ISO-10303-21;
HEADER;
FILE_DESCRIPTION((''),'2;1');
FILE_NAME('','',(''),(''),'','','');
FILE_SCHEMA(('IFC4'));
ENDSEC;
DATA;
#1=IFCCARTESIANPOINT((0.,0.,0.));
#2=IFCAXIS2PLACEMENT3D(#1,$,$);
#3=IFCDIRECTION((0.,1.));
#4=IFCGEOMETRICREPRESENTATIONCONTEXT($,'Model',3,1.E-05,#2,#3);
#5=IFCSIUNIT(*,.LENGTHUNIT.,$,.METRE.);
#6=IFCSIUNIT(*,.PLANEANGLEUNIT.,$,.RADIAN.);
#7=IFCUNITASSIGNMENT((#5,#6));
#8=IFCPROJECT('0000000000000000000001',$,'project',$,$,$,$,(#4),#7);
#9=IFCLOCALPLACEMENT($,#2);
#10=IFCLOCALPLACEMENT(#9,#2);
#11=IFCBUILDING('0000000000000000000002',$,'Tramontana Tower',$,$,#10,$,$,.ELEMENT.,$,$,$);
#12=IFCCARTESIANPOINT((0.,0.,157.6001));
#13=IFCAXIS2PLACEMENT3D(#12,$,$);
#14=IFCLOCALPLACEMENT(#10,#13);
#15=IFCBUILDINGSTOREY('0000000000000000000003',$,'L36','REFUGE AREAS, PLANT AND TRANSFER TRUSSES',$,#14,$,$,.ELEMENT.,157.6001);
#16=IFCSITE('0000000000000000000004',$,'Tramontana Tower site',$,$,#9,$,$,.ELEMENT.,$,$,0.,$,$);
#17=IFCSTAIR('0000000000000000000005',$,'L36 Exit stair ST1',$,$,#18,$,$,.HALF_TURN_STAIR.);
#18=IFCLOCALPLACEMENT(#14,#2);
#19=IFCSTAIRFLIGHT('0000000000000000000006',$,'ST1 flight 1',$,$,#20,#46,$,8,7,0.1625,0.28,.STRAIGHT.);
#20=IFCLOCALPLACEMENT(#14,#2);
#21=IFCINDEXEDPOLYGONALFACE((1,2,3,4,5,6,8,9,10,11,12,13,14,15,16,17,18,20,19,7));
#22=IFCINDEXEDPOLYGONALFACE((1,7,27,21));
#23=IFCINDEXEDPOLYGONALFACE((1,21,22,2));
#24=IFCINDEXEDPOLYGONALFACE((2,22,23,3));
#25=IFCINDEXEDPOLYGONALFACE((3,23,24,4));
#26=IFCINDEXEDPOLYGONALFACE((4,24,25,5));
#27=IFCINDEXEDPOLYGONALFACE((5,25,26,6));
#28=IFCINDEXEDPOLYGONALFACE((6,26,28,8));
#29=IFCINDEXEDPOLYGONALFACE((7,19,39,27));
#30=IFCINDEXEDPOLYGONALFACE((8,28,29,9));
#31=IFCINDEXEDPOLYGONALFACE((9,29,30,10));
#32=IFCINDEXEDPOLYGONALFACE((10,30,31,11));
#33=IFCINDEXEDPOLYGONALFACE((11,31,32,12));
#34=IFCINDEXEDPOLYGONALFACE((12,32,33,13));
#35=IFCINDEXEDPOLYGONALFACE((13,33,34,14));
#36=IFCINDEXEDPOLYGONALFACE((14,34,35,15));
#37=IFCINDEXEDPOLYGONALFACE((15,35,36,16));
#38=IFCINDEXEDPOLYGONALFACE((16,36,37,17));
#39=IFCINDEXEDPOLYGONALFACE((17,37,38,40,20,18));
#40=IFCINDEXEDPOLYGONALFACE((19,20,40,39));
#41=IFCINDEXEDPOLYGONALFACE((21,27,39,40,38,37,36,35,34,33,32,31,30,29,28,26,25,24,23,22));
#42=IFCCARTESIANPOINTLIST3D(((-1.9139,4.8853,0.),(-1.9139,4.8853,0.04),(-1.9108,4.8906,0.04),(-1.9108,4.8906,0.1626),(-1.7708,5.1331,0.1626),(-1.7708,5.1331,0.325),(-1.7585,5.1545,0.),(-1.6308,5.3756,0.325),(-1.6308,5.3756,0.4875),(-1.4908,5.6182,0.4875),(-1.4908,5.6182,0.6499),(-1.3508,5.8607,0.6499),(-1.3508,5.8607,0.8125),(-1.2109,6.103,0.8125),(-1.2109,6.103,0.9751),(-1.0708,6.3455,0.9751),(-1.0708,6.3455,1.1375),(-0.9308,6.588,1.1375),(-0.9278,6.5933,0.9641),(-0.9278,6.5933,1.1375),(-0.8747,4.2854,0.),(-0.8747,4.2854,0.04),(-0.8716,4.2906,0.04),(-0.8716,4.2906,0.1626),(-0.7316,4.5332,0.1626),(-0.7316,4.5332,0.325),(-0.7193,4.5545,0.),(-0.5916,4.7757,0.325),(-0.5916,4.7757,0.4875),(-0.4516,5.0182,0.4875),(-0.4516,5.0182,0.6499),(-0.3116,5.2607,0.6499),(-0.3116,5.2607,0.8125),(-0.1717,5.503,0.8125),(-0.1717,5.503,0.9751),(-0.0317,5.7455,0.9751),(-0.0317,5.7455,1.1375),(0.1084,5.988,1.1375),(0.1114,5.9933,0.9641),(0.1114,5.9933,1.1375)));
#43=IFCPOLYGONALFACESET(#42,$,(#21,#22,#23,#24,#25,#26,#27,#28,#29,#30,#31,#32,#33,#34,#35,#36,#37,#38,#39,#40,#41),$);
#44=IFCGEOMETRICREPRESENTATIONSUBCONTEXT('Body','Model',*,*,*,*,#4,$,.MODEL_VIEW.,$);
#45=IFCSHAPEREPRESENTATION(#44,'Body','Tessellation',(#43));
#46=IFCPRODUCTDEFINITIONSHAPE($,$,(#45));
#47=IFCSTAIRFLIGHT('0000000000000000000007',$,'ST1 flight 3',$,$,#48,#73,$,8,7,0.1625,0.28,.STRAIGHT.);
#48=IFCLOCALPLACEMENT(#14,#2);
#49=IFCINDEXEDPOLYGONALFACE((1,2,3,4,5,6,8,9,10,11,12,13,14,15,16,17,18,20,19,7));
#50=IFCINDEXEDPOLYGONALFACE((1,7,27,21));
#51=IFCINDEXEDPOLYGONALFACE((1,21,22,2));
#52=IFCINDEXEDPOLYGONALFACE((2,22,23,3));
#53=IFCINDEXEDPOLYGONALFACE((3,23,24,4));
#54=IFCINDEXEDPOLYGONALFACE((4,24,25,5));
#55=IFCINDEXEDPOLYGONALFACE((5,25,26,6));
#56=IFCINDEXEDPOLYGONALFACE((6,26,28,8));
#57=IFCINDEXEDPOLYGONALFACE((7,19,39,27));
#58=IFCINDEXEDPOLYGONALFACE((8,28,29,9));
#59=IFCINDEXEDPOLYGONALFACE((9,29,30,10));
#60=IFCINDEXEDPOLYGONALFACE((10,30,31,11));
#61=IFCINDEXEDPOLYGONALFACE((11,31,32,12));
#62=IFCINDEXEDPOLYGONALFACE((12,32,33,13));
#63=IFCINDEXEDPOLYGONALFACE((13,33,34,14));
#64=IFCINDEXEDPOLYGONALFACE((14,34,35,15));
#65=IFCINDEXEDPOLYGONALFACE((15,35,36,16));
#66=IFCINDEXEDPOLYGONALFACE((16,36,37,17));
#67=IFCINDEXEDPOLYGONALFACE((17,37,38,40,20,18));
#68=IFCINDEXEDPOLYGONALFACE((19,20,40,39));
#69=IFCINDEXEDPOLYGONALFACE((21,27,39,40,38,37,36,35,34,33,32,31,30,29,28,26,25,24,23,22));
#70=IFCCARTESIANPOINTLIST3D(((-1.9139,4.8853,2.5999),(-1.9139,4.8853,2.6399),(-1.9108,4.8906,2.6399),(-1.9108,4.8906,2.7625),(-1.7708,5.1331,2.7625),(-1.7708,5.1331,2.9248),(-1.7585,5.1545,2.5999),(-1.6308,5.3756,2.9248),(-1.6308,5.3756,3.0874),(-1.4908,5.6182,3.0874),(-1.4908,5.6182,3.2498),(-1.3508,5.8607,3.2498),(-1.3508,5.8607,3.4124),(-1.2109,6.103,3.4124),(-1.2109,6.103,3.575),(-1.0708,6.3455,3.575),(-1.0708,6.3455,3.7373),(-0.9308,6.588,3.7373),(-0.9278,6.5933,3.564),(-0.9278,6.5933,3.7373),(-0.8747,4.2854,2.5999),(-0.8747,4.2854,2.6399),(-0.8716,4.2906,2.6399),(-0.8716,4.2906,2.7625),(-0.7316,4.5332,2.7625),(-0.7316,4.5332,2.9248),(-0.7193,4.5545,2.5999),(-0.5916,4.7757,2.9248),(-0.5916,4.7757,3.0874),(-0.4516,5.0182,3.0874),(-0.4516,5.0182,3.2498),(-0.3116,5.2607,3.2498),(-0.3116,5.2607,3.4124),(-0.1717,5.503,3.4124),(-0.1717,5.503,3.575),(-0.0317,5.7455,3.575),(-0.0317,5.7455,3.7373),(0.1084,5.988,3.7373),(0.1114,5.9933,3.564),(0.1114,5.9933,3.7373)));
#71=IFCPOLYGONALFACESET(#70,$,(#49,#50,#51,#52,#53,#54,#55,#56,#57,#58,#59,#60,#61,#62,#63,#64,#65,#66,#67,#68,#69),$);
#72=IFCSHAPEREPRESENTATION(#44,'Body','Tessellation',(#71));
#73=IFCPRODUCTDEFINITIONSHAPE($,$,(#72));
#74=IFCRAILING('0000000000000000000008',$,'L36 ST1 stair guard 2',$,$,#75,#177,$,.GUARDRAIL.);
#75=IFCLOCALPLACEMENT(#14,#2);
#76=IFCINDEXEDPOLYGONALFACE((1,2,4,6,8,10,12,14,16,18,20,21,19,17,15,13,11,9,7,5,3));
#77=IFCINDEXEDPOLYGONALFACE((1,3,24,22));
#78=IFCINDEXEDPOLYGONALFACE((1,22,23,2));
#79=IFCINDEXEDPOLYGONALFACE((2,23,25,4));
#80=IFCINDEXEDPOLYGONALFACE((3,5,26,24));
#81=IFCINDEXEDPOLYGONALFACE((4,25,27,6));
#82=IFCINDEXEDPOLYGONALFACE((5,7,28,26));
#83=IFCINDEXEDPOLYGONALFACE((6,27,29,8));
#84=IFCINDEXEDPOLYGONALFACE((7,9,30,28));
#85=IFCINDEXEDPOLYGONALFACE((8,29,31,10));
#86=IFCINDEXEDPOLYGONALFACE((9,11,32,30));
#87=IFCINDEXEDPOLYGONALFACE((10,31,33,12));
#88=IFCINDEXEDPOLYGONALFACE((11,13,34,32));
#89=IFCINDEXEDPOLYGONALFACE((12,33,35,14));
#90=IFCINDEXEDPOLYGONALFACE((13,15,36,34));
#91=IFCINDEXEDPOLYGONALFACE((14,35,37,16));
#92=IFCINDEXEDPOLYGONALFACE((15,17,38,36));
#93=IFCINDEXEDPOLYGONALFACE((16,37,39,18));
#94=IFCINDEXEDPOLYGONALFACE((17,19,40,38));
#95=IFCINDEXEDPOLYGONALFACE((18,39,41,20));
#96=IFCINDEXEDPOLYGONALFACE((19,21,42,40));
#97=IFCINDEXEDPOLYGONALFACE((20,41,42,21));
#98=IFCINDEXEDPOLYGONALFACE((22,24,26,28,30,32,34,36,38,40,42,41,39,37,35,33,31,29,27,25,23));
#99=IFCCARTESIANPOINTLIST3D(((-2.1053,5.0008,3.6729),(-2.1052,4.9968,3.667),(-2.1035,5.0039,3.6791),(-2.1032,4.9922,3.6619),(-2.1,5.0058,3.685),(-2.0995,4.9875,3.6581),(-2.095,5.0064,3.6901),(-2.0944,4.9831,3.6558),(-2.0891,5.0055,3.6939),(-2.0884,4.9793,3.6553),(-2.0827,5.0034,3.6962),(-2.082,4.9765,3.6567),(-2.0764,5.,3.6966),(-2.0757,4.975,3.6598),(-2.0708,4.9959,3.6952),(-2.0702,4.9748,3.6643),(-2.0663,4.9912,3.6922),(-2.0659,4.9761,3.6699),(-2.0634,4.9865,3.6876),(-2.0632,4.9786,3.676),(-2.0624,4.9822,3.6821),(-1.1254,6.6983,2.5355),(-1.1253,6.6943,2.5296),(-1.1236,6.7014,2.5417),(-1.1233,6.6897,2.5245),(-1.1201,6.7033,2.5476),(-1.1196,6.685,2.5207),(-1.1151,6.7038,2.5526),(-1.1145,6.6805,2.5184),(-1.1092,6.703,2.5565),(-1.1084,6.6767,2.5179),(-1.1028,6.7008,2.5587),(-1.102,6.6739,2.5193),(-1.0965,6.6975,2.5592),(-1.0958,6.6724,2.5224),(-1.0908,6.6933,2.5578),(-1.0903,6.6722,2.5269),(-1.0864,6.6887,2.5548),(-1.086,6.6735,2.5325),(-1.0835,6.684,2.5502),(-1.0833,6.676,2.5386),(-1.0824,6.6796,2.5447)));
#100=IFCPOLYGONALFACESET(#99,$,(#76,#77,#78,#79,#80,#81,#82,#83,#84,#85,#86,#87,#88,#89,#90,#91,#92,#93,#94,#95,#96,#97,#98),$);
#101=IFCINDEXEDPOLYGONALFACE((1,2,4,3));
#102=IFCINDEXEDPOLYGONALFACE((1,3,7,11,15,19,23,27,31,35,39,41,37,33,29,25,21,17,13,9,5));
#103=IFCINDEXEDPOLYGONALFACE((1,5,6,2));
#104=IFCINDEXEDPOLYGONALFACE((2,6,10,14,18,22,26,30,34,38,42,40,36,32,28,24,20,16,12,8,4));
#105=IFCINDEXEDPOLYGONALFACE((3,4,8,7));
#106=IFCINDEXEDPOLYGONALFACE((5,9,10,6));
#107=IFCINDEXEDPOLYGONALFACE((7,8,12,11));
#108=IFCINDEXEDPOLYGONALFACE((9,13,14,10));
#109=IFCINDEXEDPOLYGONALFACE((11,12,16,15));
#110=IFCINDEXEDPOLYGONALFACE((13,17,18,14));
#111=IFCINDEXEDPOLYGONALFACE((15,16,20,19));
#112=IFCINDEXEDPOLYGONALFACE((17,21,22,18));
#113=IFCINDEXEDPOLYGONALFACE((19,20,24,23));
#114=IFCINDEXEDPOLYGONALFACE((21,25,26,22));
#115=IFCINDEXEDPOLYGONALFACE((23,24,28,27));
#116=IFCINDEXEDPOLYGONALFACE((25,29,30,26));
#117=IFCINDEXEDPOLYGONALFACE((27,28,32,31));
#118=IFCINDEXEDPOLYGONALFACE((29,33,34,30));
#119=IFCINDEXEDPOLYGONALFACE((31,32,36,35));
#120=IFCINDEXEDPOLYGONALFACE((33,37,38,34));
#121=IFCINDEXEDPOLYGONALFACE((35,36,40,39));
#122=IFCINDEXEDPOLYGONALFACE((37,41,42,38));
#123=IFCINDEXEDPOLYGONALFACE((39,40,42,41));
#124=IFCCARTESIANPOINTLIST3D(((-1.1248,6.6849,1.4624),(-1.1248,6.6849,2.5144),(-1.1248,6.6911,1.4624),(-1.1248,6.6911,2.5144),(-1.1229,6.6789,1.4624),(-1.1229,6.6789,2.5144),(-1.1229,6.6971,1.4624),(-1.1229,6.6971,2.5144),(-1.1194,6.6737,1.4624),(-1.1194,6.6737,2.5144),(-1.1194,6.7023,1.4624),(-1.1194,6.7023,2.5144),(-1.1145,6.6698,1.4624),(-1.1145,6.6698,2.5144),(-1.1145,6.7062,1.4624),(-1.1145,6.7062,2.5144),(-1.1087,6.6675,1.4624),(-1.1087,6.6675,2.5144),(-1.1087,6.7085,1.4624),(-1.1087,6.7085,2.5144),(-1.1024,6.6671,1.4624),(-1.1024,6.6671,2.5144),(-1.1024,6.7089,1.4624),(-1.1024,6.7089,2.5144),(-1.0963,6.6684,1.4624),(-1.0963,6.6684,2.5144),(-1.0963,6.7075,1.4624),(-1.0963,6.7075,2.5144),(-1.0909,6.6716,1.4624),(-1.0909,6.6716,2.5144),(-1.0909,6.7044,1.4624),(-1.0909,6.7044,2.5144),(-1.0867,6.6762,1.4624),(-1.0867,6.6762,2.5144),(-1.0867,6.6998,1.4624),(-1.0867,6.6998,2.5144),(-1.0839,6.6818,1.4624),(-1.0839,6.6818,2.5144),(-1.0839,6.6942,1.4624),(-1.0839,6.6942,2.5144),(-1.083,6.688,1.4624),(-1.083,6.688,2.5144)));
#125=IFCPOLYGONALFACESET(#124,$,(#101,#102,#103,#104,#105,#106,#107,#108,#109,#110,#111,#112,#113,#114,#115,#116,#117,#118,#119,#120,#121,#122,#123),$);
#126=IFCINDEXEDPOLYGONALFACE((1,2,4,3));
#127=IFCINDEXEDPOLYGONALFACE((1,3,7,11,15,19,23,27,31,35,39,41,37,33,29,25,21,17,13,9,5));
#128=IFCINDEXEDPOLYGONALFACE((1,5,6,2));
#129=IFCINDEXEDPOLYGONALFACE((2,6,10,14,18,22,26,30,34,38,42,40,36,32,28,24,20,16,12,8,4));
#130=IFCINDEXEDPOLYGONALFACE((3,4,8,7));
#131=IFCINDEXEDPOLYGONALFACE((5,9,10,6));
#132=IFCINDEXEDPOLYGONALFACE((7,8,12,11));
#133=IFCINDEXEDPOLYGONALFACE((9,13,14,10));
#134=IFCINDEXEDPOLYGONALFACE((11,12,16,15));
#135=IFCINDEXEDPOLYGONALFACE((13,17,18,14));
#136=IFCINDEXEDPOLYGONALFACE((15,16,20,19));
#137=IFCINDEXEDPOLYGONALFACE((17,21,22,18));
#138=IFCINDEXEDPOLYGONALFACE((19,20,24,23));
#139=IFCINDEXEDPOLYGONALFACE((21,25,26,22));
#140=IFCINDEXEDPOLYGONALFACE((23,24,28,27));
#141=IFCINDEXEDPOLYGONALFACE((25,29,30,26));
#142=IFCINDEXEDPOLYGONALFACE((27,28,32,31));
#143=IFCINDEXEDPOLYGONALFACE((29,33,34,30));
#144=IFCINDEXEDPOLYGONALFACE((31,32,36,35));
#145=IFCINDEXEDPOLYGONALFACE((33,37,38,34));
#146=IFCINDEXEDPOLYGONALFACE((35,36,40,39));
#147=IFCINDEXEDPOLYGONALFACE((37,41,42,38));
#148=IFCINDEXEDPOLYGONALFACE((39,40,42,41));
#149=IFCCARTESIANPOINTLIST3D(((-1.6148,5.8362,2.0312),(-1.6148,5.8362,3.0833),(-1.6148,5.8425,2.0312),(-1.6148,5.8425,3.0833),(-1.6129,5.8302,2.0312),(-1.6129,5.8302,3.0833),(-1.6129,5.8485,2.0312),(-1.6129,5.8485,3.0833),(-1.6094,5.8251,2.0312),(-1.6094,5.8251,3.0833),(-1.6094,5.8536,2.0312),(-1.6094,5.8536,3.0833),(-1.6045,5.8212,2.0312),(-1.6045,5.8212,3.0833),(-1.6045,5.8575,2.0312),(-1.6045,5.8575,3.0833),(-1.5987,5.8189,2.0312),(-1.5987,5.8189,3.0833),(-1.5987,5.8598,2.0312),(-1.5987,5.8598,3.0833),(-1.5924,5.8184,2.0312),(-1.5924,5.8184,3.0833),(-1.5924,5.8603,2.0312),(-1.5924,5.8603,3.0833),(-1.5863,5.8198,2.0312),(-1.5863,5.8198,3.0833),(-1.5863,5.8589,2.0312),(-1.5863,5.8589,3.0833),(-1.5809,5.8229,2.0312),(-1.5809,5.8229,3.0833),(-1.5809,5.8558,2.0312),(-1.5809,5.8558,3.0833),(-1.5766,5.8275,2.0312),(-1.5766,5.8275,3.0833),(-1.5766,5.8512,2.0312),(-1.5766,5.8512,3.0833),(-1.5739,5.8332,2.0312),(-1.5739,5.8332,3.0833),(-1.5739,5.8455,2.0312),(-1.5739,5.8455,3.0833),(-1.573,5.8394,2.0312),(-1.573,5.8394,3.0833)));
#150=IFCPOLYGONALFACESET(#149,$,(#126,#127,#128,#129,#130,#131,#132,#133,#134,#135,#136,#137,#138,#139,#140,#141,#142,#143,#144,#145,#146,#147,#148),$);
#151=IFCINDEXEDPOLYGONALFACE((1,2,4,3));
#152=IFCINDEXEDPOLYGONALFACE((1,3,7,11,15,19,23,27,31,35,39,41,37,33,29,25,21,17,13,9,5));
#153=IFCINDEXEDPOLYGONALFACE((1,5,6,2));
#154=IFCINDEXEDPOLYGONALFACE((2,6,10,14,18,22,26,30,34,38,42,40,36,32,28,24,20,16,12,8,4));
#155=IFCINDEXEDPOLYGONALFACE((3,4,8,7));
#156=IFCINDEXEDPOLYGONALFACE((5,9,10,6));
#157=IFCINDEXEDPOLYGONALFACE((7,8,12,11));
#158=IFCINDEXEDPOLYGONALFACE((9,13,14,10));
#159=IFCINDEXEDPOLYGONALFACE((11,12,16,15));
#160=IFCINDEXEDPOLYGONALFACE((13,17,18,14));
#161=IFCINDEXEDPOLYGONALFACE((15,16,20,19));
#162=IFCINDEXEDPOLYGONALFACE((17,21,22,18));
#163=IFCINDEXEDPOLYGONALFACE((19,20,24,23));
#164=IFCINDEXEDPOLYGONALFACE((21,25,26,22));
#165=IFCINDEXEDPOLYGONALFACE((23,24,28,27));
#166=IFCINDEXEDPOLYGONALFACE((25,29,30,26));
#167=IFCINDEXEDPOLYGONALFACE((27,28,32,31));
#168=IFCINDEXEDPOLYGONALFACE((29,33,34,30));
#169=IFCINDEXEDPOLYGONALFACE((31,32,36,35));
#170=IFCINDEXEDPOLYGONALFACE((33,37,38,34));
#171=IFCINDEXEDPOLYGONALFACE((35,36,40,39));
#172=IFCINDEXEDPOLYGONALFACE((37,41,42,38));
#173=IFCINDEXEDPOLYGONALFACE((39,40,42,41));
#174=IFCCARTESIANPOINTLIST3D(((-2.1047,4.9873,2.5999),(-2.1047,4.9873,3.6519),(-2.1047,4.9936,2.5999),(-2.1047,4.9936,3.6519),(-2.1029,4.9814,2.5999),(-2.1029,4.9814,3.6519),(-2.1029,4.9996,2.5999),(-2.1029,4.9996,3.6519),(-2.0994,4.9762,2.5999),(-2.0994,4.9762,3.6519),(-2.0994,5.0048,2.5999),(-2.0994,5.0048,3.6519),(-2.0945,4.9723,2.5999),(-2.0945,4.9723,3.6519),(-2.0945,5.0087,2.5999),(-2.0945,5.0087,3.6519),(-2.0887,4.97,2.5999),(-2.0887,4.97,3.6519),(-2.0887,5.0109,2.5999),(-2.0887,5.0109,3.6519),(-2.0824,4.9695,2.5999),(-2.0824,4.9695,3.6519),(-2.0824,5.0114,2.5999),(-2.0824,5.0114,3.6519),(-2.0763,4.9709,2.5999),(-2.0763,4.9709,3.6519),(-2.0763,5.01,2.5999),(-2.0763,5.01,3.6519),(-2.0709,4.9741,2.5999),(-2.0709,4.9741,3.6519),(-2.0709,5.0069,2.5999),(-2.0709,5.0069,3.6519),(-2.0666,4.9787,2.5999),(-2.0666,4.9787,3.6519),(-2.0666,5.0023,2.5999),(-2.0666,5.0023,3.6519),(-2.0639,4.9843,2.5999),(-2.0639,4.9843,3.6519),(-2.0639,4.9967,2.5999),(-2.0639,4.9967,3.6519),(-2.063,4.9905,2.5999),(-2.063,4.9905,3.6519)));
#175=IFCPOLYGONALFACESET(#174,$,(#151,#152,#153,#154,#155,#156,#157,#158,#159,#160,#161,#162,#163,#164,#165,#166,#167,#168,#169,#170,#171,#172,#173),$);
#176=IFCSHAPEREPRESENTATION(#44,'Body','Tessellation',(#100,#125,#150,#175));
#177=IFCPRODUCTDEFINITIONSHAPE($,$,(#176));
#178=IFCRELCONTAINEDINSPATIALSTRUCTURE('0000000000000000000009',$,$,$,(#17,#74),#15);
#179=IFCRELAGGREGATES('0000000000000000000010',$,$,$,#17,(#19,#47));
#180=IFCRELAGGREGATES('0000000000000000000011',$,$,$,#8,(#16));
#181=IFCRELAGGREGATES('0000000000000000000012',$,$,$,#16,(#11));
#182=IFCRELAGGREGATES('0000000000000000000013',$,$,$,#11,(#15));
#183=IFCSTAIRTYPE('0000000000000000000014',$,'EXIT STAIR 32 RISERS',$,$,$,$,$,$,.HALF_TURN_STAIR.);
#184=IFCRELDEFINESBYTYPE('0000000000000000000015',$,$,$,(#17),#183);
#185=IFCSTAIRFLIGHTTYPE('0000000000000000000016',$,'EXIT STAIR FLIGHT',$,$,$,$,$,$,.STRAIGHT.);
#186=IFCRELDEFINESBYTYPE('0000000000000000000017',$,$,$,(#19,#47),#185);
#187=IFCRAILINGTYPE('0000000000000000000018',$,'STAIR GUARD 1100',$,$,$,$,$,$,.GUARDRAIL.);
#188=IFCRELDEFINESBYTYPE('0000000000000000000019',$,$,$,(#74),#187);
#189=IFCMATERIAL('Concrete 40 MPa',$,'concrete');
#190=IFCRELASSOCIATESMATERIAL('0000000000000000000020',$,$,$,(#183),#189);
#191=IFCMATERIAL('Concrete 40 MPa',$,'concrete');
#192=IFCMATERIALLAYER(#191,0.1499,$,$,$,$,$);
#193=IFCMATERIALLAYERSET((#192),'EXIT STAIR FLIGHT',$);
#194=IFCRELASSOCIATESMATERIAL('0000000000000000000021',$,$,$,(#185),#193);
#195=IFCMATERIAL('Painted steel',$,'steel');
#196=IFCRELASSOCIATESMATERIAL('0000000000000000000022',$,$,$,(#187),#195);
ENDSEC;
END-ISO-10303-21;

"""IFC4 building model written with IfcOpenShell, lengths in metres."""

from ifc_helpers import new_model, si_unit, direction, frame, origin, origin_2d, place, context, subcontext, project, spatial, polyline, circle, outline, extrude, material, layer, layer_set, type_object, element, aggregate, save


model = new_model("IFC4")

# Units and contexts
model_context = context("Model", 3, precision=1e-05, world=origin(), true_north=direction((0.0, 1.0)))
body_context = subcontext(model_context, "Body", "Model", "MODEL_VIEW")
ifc_project = project(units=[si_unit("LENGTHUNIT", "METRE"), si_unit("PLANEANGLEUNIT", "RADIAN")], contexts=[model_context])

# Site, building, storey
site_placement = place(None, origin())
site = spatial("IfcSite", under=ifc_project, at=site_placement, Name="Tramontana Tower site", CompositionType="ELEMENT", RefElevation=0.0)
building_placement = place(site_placement, origin())
building = spatial("IfcBuilding", under=site, at=building_placement, Name="Tramontana Tower", CompositionType="ELEMENT")
storey_placement = place(building_placement, frame((0.0, 0.0, 157.6001)))
storey = spatial("IfcBuildingStorey", under=building, at=storey_placement, Name="L36", Description="REFUGE AREAS, PLANT AND TRANSFER TRUSSES", CompositionType="ELEMENT", Elevation=157.6001)

# Stair, stair flights
ifc_material_1 = material(Name="Concrete 40 MPa", Category="concrete")
stair_type = type_object("IfcStairType", Name="EXIT STAIR 32 RISERS", PredefinedType="HALF_TURN_STAIR", material=ifc_material_1)
stair_placement = place(storey_placement, origin())
stair = element("IfcStair", 1, at=stair_placement, inside=storey, type_object=stair_type, Name="L36 Exit stair ST1", PredefinedType="HALF_TURN_STAIR")
ifc_material_2 = material(Name="Concrete 40 MPa", Category="concrete")
ifc_layer_1 = layer(ifc_material_2, 0.1499)
ifc_layer_set_1 = layer_set([ifc_layer_1], Name="EXIT STAIR FLIGHT")
stair_flight_type = type_object("IfcStairFlightType", Name="EXIT STAIR FLIGHT", PredefinedType="STRAIGHT", material=ifc_layer_set_1)
stair_flight_1_placement = place(storey_placement, frame((-1.3911, 4.5906, 0.0), z_axis=(0.0, 0.0, 1.0), x_axis=(0.5, 0.866025, 0.0)))
stair_flight_1 = element("IfcStairFlight", 2, at=stair_flight_1_placement, type_object=stair_flight_type, Name="ST1 flight 1", NumberOfRisers=8, NumberOfTreads=7, PredefinedType="STRAIGHT", RiserHeight=0.1625, TreadLength=0.28, context=body_context, shape_type="SweptSolid", body=[
    extrude(outline(polyline([(-0.0061, 0.0), (-0.0061, 0.04), (0.0, 0.04), (0.0, 0.1626), (0.28, 0.1626), (0.28, 0.325), (0.5601, 0.325), (0.5601, 0.4875), (0.8401, 0.4875), (0.8401, 0.6499), (1.1201, 0.6499), (1.1201, 0.8125), (1.3999, 0.8125), (1.3999, 0.9751), (1.6799, 0.9751), (1.6799, 1.1375), (1.96, 1.1375), (1.9661, 1.1375), (1.9661, 0.9641), (0.3047, 0.0), (-0.0061, 0.0)])), frame((0.0, 0.6001, 0.0), z_axis=(0.0, -1.0, 0.0), x_axis=(1.0, 0.0, 0.0)), (0.0, 0.0, 1.0), 1.2),
])
stair_flight_2_placement = place(storey_placement, frame((-1.3911, 4.5906, 2.5999), z_axis=(0.0, 0.0, 1.0), x_axis=(0.5, 0.866025, 0.0)))
stair_flight_2 = element("IfcStairFlight", 3, at=stair_flight_2_placement, type_object=stair_flight_type, Name="ST1 flight 3", NumberOfRisers=8, NumberOfTreads=7, PredefinedType="STRAIGHT", RiserHeight=0.1625, TreadLength=0.28, context=body_context, shape_type="SweptSolid", body=[
    extrude(outline(polyline([(-0.0061, 0.0), (-0.0061, 0.04), (0.0, 0.04), (0.0, 0.1626), (0.28, 0.1626), (0.28, 0.325), (0.5601, 0.325), (0.5601, 0.4875), (0.8401, 0.4875), (0.8401, 0.6499), (1.1201, 0.6499), (1.1201, 0.8125), (1.3999, 0.8125), (1.3999, 0.9751), (1.6799, 0.9751), (1.6799, 1.1375), (1.96, 1.1375), (1.9661, 1.1375), (1.9661, 0.9641), (0.3047, 0.0), (-0.0061, 0.0)])), frame((0.0, 0.6001, 0.0), z_axis=(0.0, -1.0, 0.0), x_axis=(1.0, 0.0, 0.0)), (0.0, 0.0, 1.0), 1.2),
])
aggregate(stair, [stair_flight_1, stair_flight_2])

# Railing
ifc_material_3 = material(Name="Painted steel", Category="steel")
railing_type_1 = type_object("IfcRailingType", Name="STAIR GUARD 1100", PredefinedType="GUARDRAIL", material=ifc_material_3)
for number, where, name in (
    (4, (-1.104, 6.688, 1.4624), "L36 ST1 stair guard 2"),
):
    element("IfcRailing", number, at=place(storey_placement, frame(where)), inside=storey, type_object=railing_type_1, Name=name, PredefinedType="GUARDRAIL", context=body_context, shape_type="SweptSolid", body=[
        extrude(circle(Radius=0.0239, at=origin_2d()), frame((0.0, 0.0, 1.0762), z_axis=(-0.432432, -0.749053, 0.501918), x_axis=(0.866042, -0.49997, 0.0)), (0.0, 0.0, 1.0), 2.2661),
        extrude(circle(Radius=0.021, at=origin_2d()), origin(), (0.0, 0.0, 1.0), 1.052),
        extrude(circle(Radius=0.021, at=origin_2d()), frame((-0.49, -0.8486, 0.5688)), (0.0, 0.0, 1.0), 1.052),
        extrude(circle(Radius=0.021, at=origin_2d()), frame((-0.98, -1.6975, 1.1375)), (0.0, 0.0, 1.0), 1.052),
    ])

save(model, "model.ifc")
